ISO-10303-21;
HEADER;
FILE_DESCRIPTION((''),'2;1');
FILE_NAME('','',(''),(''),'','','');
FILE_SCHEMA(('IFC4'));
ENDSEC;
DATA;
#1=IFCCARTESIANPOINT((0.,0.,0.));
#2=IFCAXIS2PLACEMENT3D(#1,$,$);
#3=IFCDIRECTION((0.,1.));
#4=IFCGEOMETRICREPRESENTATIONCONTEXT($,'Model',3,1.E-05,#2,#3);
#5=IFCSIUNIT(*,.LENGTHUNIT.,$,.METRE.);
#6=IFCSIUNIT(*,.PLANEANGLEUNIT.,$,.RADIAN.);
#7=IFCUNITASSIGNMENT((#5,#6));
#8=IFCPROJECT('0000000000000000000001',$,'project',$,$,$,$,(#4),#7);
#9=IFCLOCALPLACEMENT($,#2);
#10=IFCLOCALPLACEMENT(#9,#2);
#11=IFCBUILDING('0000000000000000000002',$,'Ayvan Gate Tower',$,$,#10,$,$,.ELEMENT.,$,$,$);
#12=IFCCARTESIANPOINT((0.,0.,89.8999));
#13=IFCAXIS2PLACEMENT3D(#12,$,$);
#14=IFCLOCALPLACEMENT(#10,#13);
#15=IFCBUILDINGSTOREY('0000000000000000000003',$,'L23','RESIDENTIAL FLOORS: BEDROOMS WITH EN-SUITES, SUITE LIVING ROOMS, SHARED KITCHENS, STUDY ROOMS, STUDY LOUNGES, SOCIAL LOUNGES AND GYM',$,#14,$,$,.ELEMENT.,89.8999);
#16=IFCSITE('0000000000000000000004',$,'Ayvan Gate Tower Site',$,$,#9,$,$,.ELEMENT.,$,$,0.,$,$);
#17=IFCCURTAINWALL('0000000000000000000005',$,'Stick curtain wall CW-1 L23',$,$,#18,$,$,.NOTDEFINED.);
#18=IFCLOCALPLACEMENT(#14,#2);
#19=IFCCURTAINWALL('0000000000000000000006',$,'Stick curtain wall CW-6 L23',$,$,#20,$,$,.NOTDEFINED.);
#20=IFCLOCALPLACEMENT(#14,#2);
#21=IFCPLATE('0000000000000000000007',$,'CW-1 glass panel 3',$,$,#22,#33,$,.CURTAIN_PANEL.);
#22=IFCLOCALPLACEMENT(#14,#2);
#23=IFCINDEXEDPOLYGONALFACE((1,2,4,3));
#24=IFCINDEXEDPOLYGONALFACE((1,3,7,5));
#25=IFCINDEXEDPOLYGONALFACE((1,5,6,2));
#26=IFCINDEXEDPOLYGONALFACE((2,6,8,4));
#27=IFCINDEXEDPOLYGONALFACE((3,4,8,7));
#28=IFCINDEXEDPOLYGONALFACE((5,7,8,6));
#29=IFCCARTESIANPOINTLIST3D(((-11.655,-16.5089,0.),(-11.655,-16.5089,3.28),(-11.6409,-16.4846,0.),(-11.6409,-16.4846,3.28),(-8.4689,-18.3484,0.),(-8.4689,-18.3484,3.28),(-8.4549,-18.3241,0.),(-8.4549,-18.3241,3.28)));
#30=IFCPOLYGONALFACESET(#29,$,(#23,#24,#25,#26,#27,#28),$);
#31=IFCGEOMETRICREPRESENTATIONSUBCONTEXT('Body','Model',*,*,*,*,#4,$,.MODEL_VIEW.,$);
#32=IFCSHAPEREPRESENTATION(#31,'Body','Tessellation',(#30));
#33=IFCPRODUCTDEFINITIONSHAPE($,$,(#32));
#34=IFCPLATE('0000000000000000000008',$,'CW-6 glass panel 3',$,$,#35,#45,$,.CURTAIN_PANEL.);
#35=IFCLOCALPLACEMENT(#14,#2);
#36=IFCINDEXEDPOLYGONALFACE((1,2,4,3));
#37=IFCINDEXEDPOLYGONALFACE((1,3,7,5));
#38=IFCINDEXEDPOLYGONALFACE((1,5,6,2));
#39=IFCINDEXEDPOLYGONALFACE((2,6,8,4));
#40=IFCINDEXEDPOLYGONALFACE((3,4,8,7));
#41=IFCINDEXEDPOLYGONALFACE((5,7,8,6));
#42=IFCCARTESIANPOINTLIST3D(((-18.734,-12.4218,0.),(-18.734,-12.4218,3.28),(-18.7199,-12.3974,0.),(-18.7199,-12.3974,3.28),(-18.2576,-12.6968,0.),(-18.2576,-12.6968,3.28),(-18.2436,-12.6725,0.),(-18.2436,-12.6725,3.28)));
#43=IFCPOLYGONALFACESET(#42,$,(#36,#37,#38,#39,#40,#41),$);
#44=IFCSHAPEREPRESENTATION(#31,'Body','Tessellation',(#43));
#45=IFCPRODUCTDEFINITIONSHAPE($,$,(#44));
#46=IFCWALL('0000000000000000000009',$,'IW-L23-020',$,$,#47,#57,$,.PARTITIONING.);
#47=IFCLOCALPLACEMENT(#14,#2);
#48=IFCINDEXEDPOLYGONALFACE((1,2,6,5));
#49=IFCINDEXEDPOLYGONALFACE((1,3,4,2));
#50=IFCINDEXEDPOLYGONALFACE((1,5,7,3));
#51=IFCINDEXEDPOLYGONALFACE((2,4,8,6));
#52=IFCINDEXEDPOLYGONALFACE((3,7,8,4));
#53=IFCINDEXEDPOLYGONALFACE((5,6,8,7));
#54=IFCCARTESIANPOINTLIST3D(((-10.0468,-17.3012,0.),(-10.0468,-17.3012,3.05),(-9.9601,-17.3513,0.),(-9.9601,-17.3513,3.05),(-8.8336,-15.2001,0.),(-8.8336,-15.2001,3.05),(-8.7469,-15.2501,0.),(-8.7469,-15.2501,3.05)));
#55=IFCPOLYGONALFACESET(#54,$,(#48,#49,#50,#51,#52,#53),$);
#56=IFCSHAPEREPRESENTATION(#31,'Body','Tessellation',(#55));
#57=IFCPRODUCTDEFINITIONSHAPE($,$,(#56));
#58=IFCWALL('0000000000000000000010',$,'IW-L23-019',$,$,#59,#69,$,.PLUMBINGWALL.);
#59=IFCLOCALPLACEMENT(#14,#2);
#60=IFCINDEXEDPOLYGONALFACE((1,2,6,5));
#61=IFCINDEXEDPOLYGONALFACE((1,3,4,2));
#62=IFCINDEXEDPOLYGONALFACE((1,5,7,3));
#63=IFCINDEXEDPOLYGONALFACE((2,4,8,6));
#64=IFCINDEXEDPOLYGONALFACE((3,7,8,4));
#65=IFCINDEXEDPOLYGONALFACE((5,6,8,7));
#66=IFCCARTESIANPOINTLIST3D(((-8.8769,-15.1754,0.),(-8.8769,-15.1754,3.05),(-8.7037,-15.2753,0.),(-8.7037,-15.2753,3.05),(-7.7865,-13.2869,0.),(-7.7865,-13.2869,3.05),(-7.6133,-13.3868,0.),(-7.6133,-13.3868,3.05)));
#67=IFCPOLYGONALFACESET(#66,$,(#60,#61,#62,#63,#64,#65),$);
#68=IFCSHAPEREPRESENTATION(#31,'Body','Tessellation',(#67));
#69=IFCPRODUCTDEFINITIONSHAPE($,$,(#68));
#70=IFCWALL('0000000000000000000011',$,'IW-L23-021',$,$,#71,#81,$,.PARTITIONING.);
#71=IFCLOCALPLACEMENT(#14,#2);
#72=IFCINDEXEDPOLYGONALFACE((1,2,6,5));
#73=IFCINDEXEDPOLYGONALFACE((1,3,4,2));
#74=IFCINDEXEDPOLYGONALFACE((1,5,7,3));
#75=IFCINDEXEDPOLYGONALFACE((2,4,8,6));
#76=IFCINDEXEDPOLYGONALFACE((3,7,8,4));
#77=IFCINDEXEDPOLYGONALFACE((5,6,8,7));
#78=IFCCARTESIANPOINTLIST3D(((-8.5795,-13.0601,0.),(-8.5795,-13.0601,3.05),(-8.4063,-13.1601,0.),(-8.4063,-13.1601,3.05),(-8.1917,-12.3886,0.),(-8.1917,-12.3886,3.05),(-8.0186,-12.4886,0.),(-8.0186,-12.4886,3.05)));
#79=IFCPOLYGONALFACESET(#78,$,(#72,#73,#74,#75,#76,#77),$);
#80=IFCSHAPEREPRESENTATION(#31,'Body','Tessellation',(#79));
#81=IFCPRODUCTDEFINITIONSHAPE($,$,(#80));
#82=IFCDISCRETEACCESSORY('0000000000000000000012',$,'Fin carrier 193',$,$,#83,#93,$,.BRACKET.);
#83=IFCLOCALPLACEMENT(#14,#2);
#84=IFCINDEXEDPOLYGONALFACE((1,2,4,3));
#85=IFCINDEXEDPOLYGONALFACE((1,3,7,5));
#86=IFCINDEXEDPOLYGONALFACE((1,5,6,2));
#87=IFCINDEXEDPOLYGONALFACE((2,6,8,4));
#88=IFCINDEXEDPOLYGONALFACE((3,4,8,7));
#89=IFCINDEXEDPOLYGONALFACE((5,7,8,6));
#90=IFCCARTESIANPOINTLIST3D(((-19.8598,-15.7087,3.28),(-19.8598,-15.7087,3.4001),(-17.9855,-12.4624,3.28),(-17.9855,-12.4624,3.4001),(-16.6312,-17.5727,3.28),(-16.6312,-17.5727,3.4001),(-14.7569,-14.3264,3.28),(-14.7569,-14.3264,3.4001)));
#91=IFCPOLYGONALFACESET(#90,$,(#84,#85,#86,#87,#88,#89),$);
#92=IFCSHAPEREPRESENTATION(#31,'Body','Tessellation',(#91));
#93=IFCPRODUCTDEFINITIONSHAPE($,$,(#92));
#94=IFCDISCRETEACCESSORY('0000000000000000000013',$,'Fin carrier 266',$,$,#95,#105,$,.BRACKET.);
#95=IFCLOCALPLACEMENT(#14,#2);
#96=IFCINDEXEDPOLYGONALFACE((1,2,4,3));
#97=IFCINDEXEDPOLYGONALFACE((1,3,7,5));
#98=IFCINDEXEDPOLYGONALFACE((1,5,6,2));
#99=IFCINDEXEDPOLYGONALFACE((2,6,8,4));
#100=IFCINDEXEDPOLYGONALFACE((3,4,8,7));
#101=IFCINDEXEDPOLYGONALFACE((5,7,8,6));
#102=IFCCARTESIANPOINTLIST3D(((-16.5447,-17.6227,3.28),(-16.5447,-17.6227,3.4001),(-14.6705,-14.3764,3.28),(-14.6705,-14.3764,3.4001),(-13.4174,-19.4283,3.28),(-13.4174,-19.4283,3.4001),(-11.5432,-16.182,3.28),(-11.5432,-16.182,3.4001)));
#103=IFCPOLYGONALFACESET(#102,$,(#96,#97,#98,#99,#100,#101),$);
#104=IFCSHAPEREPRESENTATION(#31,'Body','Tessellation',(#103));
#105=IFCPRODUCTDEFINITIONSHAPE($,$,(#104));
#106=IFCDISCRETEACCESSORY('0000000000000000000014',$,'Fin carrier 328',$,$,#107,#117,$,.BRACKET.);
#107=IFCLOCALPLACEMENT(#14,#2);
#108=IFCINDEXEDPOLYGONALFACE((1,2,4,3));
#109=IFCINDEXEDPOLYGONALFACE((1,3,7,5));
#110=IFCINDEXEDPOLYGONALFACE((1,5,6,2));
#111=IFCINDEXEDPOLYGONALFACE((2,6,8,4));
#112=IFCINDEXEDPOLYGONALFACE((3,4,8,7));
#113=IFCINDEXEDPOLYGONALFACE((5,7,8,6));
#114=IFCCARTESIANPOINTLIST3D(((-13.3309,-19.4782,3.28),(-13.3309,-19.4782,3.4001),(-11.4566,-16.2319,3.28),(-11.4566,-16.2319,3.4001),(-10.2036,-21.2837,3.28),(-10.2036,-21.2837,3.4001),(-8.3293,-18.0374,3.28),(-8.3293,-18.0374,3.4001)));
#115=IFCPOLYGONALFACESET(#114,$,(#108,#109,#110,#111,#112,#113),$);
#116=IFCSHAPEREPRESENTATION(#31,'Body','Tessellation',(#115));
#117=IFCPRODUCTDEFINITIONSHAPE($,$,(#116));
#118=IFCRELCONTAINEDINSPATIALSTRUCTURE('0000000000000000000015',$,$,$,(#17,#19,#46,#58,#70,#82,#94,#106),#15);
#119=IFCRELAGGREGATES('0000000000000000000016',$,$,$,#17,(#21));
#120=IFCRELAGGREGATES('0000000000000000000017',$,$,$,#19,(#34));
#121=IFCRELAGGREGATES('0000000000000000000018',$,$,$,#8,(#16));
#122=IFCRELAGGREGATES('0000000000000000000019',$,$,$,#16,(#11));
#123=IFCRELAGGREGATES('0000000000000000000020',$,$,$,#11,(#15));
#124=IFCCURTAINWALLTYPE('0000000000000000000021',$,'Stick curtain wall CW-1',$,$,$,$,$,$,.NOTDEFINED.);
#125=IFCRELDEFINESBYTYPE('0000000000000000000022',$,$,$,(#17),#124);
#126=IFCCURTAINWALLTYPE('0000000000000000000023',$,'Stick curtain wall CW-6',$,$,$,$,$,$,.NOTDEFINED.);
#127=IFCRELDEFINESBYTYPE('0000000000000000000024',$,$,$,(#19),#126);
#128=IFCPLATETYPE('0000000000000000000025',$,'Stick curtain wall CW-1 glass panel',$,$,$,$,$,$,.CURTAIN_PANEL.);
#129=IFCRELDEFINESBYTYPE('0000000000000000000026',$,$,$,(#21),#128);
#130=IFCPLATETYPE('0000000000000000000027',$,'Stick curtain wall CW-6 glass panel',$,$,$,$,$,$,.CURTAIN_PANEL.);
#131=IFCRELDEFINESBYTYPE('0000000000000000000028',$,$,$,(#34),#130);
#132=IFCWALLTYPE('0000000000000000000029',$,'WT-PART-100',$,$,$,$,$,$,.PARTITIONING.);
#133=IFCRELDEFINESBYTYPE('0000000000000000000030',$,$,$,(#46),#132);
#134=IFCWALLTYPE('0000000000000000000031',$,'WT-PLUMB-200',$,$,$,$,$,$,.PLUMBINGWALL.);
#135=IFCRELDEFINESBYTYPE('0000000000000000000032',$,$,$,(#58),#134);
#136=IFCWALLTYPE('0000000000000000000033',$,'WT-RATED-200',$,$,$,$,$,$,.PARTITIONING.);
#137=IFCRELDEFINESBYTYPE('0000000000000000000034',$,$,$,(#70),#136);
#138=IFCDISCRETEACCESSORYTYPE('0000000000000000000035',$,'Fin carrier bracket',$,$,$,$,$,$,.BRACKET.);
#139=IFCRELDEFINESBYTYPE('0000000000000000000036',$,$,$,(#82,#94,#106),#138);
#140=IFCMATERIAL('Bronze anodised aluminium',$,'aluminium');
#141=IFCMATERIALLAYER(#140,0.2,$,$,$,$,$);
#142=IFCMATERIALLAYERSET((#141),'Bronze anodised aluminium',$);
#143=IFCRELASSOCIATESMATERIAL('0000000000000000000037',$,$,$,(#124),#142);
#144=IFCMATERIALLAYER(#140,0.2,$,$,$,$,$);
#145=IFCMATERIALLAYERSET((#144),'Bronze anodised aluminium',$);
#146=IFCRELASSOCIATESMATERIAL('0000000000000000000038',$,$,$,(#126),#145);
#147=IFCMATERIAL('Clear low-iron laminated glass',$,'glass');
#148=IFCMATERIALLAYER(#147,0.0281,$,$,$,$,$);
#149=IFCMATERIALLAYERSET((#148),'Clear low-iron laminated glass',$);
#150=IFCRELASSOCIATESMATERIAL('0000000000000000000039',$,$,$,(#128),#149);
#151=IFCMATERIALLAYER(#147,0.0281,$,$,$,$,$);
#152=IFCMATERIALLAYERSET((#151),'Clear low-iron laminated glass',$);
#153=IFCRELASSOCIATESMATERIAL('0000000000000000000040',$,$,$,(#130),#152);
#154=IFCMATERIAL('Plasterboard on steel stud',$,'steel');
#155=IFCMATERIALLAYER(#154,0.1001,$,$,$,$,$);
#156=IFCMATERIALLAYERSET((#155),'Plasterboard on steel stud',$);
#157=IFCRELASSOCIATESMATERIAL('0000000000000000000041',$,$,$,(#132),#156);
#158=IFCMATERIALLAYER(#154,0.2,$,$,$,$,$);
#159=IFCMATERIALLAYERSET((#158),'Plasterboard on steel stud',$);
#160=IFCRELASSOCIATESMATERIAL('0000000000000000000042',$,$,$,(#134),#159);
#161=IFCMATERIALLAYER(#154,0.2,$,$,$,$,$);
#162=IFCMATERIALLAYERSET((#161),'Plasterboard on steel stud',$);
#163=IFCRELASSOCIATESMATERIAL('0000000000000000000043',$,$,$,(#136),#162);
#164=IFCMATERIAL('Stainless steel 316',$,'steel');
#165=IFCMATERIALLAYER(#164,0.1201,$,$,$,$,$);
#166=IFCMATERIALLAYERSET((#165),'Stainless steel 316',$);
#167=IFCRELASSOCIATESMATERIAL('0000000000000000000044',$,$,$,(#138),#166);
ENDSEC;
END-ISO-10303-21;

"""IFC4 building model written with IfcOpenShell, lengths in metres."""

from ifc_helpers import new_model, si_unit, direction, frame, frame_2d, origin, origin_2d, place, context, subcontext, project, spatial, rectangle, extrude, material, layer, layer_set, type_object, element, aggregate, save


model = new_model("IFC4")

# Units and contexts
model_context = context("Model", 3, precision=1e-05, world=origin(), true_north=direction((0.0, 1.0)))
body_context = subcontext(model_context, "Body", "Model", "MODEL_VIEW")
ifc_project = project(units=[si_unit("LENGTHUNIT", "METRE"), si_unit("PLANEANGLEUNIT", "RADIAN")], contexts=[model_context])

# Site, building, storey
site_placement = place(None, origin())
site = spatial("IfcSite", under=ifc_project, at=site_placement, Name="Ayvan Gate Tower Site", CompositionType="ELEMENT", RefElevation=0.0)
building_placement = place(site_placement, origin())
building = spatial("IfcBuilding", under=site, at=building_placement, Name="Ayvan Gate Tower", CompositionType="ELEMENT")
storey_placement = place(building_placement, frame((0.0, 0.0, 89.8999)))
storey = spatial("IfcBuildingStorey", under=building, at=storey_placement, Name="L23", Description="RESIDENTIAL FLOORS: BEDROOMS WITH EN-SUITES, SUITE LIVING ROOMS, SHARED KITCHENS, STUDY ROOMS, STUDY LOUNGES, SOCIAL LOUNGES AND GYM", CompositionType="ELEMENT", Elevation=89.8999)

# Curtain walls
ifc_material_1 = material(Name="Bronze anodised aluminium", Category="aluminium")
ifc_layer_1 = layer(ifc_material_1, 0.2)
ifc_layer_set_1 = layer_set([ifc_layer_1], Name="Bronze anodised aluminium")
curtain_wall_type_1 = type_object("IfcCurtainWallType", Name="Stick curtain wall CW-1", PredefinedType="NOTDEFINED", material=ifc_layer_set_1)
curtain_wall_1_placement = place(storey_placement, origin())
curtain_wall_1 = element("IfcCurtainWall", 1, at=curtain_wall_1_placement, inside=storey, type_object=curtain_wall_type_1, Name="Stick curtain wall CW-1 L23", PredefinedType="NOTDEFINED")
ifc_layer_2 = layer(ifc_material_1, 0.2)
ifc_layer_set_2 = layer_set([ifc_layer_2], Name="Bronze anodised aluminium")
curtain_wall_type_2 = type_object("IfcCurtainWallType", Name="Stick curtain wall CW-6", PredefinedType="NOTDEFINED", material=ifc_layer_set_2)
curtain_wall_2_placement = place(storey_placement, origin())
curtain_wall_2 = element("IfcCurtainWall", 2, at=curtain_wall_2_placement, inside=storey, type_object=curtain_wall_type_2, Name="Stick curtain wall CW-6 L23", PredefinedType="NOTDEFINED")

# Plates
ifc_material_2 = material(Name="Clear low-iron laminated glass", Category="glass")
ifc_layer_3 = layer(ifc_material_2, 0.0281)
ifc_layer_set_3 = layer_set([ifc_layer_3], Name="Clear low-iron laminated glass")
plate_type_1 = type_object("IfcPlateType", Name="Stick curtain wall CW-1 glass panel", PredefinedType="CURTAIN_PANEL", material=ifc_layer_set_3)
plate_1_placement = place(storey_placement, frame((-10.0549, -17.4165, 0.0), z_axis=(0.0, 0.0, 1.0), x_axis=(0.866025, -0.5, 0.0)))
plate_1 = element("IfcPlate", 3, at=plate_1_placement, type_object=plate_type_1, Name="CW-1 glass panel 3", PredefinedType="CURTAIN_PANEL", context=body_context, shape_type="SweptSolid", body=[
    extrude(rectangle(XDim=3.679, YDim=0.0281, at=origin_2d()), origin(), (0.0, 0.0, 1.0), 3.28),
])
aggregate(curtain_wall_1, [plate_1])
ifc_layer_4 = layer(ifc_material_2, 0.0281)
ifc_layer_set_4 = layer_set([ifc_layer_4], Name="Clear low-iron laminated glass")
plate_type_2 = type_object("IfcPlateType", Name="Stick curtain wall CW-6 glass panel", PredefinedType="CURTAIN_PANEL", material=ifc_layer_set_4)
plate_2_placement = place(storey_placement, frame((-18.4888, -12.5471, 0.0), z_axis=(0.0, 0.0, 1.0), x_axis=(0.866025, -0.5, 0.0)))
plate_2 = element("IfcPlate", 4, at=plate_2_placement, type_object=plate_type_2, Name="CW-6 glass panel 3", PredefinedType="CURTAIN_PANEL", context=body_context, shape_type="SweptSolid", body=[
    extrude(rectangle(XDim=0.55, YDim=0.0281, at=origin_2d()), origin(), (0.0, 0.0, 1.0), 3.28),
])
aggregate(curtain_wall_2, [plate_2])

# Walls
ifc_material_3 = material(Name="Plasterboard on steel stud", Category="steel")
ifc_layer_5 = layer(ifc_material_3, 0.1001)
ifc_layer_set_5 = layer_set([ifc_layer_5], Name="Plasterboard on steel stud")
wall_type_1 = type_object("IfcWallType", Name="WT-PART-100", PredefinedType="PARTITIONING", material=ifc_layer_set_5)
wall_1_placement = place(storey_placement, frame((-8.7903, -15.2251, 0.0), z_axis=(0.0, 0.0, 1.0), x_axis=(-0.500024, -0.866011, 0.0)))
element("IfcWall", 5, at=wall_1_placement, inside=storey, type_object=wall_type_1, Name="IW-L23-020", PredefinedType="PARTITIONING", context=body_context, shape_type="SweptSolid", body=[
    extrude(rectangle(XDim=2.4263, YDim=0.1001, at=frame_2d((1.2131, 0.0))), origin(), (0.0, 0.0, 1.0), 3.05),
])
ifc_layer_6 = layer(ifc_material_3, 0.2)
ifc_layer_set_6 = layer_set([ifc_layer_6], Name="Plasterboard on steel stud")
wall_type_2 = type_object("IfcWallType", Name="WT-PLUMB-200", PredefinedType="PLUMBINGWALL", material=ifc_layer_set_6)
wall_2_placement = place(storey_placement, frame((-8.7903, -15.2253, 0.0), z_axis=(0.0, 0.0, 1.0), x_axis=(0.500016, 0.866016, 0.0)))
element("IfcWall", 6, at=wall_2_placement, inside=storey, type_object=wall_type_2, Name="IW-L23-019", PredefinedType="PLUMBINGWALL", context=body_context, shape_type="SweptSolid", body=[
    extrude(rectangle(XDim=2.1807, YDim=0.2, at=frame_2d((1.0903, 0.0))), origin(), (0.0, 0.0, 1.0), 3.05),
])
ifc_layer_7 = layer(ifc_material_3, 0.2)
ifc_layer_set_7 = layer_set([ifc_layer_7], Name="Plasterboard on steel stud")
wall_type_3 = type_object("IfcWallType", Name="WT-RATED-200", PredefinedType="PARTITIONING", material=ifc_layer_set_7)
wall_3_placement = place(storey_placement, frame((-8.4929, -13.1101, 0.0), z_axis=(0.0, 0.0, 1.0), x_axis=(0.500068, 0.865986, 0.0)))
element("IfcWall", 7, at=wall_3_placement, inside=storey, type_object=wall_type_3, Name="IW-L23-021", PredefinedType="PARTITIONING", context=body_context, shape_type="SweptSolid", body=[
    extrude(rectangle(XDim=0.7754, YDim=0.2, at=frame_2d((0.3877, 0.0))), origin(), (0.0, 0.0, 1.0), 3.05),
])

# Discrete accessories
ifc_material_4 = material(Name="Stainless steel 316", Category="steel")
ifc_layer_8 = layer(ifc_material_4, 0.1201)
ifc_layer_set_8 = layer_set([ifc_layer_8], Name="Stainless steel 316")
discrete_accessory_type = type_object("IfcDiscreteAccessoryType", Name="Fin carrier bracket", PredefinedType="BRACKET", material=ifc_layer_set_8)
discrete_accessory_placement = place(storey_placement, frame((-17.3083, -15.0176, 3.28), z_axis=(0.0, 0.0, 1.0), x_axis=(0.866025, -0.5, 0.0)))
element("IfcDiscreteAccessory", 8, at=discrete_accessory_placement, inside=storey, type_object=discrete_accessory_type, Name="Fin carrier 193", PredefinedType="BRACKET", context=body_context, shape_type="SweptSolid", body=[
    extrude(rectangle(XDim=3.728, YDim=3.7485, at=origin_2d()), origin(), (0.0, 0.0, 1.0), 0.1201),
])
for number, where, z_axis, x_axis, name in (
    (9, (-14.0439, -16.9023, 3.28), (0.0, 0.0, 1.0), (0.866025, -0.5, 0.0), "Fin carrier 266"),
    (10, (-10.8301, -18.7578, 3.28), (0.0, 0.0, 1.0), (0.866025, -0.5, 0.0), "Fin carrier 328"),
):
    element("IfcDiscreteAccessory", number, at=place(storey_placement, frame(where, z_axis=z_axis, x_axis=x_axis)), inside=storey, type_object=discrete_accessory_type, Name=name, PredefinedType="BRACKET", context=body_context, shape_type="SweptSolid", body=[
        extrude(rectangle(XDim=3.6111, YDim=3.7485, at=origin_2d()), origin(), (0.0, 0.0, 1.0), 0.1201),
    ])

save(model, "model.ifc")
